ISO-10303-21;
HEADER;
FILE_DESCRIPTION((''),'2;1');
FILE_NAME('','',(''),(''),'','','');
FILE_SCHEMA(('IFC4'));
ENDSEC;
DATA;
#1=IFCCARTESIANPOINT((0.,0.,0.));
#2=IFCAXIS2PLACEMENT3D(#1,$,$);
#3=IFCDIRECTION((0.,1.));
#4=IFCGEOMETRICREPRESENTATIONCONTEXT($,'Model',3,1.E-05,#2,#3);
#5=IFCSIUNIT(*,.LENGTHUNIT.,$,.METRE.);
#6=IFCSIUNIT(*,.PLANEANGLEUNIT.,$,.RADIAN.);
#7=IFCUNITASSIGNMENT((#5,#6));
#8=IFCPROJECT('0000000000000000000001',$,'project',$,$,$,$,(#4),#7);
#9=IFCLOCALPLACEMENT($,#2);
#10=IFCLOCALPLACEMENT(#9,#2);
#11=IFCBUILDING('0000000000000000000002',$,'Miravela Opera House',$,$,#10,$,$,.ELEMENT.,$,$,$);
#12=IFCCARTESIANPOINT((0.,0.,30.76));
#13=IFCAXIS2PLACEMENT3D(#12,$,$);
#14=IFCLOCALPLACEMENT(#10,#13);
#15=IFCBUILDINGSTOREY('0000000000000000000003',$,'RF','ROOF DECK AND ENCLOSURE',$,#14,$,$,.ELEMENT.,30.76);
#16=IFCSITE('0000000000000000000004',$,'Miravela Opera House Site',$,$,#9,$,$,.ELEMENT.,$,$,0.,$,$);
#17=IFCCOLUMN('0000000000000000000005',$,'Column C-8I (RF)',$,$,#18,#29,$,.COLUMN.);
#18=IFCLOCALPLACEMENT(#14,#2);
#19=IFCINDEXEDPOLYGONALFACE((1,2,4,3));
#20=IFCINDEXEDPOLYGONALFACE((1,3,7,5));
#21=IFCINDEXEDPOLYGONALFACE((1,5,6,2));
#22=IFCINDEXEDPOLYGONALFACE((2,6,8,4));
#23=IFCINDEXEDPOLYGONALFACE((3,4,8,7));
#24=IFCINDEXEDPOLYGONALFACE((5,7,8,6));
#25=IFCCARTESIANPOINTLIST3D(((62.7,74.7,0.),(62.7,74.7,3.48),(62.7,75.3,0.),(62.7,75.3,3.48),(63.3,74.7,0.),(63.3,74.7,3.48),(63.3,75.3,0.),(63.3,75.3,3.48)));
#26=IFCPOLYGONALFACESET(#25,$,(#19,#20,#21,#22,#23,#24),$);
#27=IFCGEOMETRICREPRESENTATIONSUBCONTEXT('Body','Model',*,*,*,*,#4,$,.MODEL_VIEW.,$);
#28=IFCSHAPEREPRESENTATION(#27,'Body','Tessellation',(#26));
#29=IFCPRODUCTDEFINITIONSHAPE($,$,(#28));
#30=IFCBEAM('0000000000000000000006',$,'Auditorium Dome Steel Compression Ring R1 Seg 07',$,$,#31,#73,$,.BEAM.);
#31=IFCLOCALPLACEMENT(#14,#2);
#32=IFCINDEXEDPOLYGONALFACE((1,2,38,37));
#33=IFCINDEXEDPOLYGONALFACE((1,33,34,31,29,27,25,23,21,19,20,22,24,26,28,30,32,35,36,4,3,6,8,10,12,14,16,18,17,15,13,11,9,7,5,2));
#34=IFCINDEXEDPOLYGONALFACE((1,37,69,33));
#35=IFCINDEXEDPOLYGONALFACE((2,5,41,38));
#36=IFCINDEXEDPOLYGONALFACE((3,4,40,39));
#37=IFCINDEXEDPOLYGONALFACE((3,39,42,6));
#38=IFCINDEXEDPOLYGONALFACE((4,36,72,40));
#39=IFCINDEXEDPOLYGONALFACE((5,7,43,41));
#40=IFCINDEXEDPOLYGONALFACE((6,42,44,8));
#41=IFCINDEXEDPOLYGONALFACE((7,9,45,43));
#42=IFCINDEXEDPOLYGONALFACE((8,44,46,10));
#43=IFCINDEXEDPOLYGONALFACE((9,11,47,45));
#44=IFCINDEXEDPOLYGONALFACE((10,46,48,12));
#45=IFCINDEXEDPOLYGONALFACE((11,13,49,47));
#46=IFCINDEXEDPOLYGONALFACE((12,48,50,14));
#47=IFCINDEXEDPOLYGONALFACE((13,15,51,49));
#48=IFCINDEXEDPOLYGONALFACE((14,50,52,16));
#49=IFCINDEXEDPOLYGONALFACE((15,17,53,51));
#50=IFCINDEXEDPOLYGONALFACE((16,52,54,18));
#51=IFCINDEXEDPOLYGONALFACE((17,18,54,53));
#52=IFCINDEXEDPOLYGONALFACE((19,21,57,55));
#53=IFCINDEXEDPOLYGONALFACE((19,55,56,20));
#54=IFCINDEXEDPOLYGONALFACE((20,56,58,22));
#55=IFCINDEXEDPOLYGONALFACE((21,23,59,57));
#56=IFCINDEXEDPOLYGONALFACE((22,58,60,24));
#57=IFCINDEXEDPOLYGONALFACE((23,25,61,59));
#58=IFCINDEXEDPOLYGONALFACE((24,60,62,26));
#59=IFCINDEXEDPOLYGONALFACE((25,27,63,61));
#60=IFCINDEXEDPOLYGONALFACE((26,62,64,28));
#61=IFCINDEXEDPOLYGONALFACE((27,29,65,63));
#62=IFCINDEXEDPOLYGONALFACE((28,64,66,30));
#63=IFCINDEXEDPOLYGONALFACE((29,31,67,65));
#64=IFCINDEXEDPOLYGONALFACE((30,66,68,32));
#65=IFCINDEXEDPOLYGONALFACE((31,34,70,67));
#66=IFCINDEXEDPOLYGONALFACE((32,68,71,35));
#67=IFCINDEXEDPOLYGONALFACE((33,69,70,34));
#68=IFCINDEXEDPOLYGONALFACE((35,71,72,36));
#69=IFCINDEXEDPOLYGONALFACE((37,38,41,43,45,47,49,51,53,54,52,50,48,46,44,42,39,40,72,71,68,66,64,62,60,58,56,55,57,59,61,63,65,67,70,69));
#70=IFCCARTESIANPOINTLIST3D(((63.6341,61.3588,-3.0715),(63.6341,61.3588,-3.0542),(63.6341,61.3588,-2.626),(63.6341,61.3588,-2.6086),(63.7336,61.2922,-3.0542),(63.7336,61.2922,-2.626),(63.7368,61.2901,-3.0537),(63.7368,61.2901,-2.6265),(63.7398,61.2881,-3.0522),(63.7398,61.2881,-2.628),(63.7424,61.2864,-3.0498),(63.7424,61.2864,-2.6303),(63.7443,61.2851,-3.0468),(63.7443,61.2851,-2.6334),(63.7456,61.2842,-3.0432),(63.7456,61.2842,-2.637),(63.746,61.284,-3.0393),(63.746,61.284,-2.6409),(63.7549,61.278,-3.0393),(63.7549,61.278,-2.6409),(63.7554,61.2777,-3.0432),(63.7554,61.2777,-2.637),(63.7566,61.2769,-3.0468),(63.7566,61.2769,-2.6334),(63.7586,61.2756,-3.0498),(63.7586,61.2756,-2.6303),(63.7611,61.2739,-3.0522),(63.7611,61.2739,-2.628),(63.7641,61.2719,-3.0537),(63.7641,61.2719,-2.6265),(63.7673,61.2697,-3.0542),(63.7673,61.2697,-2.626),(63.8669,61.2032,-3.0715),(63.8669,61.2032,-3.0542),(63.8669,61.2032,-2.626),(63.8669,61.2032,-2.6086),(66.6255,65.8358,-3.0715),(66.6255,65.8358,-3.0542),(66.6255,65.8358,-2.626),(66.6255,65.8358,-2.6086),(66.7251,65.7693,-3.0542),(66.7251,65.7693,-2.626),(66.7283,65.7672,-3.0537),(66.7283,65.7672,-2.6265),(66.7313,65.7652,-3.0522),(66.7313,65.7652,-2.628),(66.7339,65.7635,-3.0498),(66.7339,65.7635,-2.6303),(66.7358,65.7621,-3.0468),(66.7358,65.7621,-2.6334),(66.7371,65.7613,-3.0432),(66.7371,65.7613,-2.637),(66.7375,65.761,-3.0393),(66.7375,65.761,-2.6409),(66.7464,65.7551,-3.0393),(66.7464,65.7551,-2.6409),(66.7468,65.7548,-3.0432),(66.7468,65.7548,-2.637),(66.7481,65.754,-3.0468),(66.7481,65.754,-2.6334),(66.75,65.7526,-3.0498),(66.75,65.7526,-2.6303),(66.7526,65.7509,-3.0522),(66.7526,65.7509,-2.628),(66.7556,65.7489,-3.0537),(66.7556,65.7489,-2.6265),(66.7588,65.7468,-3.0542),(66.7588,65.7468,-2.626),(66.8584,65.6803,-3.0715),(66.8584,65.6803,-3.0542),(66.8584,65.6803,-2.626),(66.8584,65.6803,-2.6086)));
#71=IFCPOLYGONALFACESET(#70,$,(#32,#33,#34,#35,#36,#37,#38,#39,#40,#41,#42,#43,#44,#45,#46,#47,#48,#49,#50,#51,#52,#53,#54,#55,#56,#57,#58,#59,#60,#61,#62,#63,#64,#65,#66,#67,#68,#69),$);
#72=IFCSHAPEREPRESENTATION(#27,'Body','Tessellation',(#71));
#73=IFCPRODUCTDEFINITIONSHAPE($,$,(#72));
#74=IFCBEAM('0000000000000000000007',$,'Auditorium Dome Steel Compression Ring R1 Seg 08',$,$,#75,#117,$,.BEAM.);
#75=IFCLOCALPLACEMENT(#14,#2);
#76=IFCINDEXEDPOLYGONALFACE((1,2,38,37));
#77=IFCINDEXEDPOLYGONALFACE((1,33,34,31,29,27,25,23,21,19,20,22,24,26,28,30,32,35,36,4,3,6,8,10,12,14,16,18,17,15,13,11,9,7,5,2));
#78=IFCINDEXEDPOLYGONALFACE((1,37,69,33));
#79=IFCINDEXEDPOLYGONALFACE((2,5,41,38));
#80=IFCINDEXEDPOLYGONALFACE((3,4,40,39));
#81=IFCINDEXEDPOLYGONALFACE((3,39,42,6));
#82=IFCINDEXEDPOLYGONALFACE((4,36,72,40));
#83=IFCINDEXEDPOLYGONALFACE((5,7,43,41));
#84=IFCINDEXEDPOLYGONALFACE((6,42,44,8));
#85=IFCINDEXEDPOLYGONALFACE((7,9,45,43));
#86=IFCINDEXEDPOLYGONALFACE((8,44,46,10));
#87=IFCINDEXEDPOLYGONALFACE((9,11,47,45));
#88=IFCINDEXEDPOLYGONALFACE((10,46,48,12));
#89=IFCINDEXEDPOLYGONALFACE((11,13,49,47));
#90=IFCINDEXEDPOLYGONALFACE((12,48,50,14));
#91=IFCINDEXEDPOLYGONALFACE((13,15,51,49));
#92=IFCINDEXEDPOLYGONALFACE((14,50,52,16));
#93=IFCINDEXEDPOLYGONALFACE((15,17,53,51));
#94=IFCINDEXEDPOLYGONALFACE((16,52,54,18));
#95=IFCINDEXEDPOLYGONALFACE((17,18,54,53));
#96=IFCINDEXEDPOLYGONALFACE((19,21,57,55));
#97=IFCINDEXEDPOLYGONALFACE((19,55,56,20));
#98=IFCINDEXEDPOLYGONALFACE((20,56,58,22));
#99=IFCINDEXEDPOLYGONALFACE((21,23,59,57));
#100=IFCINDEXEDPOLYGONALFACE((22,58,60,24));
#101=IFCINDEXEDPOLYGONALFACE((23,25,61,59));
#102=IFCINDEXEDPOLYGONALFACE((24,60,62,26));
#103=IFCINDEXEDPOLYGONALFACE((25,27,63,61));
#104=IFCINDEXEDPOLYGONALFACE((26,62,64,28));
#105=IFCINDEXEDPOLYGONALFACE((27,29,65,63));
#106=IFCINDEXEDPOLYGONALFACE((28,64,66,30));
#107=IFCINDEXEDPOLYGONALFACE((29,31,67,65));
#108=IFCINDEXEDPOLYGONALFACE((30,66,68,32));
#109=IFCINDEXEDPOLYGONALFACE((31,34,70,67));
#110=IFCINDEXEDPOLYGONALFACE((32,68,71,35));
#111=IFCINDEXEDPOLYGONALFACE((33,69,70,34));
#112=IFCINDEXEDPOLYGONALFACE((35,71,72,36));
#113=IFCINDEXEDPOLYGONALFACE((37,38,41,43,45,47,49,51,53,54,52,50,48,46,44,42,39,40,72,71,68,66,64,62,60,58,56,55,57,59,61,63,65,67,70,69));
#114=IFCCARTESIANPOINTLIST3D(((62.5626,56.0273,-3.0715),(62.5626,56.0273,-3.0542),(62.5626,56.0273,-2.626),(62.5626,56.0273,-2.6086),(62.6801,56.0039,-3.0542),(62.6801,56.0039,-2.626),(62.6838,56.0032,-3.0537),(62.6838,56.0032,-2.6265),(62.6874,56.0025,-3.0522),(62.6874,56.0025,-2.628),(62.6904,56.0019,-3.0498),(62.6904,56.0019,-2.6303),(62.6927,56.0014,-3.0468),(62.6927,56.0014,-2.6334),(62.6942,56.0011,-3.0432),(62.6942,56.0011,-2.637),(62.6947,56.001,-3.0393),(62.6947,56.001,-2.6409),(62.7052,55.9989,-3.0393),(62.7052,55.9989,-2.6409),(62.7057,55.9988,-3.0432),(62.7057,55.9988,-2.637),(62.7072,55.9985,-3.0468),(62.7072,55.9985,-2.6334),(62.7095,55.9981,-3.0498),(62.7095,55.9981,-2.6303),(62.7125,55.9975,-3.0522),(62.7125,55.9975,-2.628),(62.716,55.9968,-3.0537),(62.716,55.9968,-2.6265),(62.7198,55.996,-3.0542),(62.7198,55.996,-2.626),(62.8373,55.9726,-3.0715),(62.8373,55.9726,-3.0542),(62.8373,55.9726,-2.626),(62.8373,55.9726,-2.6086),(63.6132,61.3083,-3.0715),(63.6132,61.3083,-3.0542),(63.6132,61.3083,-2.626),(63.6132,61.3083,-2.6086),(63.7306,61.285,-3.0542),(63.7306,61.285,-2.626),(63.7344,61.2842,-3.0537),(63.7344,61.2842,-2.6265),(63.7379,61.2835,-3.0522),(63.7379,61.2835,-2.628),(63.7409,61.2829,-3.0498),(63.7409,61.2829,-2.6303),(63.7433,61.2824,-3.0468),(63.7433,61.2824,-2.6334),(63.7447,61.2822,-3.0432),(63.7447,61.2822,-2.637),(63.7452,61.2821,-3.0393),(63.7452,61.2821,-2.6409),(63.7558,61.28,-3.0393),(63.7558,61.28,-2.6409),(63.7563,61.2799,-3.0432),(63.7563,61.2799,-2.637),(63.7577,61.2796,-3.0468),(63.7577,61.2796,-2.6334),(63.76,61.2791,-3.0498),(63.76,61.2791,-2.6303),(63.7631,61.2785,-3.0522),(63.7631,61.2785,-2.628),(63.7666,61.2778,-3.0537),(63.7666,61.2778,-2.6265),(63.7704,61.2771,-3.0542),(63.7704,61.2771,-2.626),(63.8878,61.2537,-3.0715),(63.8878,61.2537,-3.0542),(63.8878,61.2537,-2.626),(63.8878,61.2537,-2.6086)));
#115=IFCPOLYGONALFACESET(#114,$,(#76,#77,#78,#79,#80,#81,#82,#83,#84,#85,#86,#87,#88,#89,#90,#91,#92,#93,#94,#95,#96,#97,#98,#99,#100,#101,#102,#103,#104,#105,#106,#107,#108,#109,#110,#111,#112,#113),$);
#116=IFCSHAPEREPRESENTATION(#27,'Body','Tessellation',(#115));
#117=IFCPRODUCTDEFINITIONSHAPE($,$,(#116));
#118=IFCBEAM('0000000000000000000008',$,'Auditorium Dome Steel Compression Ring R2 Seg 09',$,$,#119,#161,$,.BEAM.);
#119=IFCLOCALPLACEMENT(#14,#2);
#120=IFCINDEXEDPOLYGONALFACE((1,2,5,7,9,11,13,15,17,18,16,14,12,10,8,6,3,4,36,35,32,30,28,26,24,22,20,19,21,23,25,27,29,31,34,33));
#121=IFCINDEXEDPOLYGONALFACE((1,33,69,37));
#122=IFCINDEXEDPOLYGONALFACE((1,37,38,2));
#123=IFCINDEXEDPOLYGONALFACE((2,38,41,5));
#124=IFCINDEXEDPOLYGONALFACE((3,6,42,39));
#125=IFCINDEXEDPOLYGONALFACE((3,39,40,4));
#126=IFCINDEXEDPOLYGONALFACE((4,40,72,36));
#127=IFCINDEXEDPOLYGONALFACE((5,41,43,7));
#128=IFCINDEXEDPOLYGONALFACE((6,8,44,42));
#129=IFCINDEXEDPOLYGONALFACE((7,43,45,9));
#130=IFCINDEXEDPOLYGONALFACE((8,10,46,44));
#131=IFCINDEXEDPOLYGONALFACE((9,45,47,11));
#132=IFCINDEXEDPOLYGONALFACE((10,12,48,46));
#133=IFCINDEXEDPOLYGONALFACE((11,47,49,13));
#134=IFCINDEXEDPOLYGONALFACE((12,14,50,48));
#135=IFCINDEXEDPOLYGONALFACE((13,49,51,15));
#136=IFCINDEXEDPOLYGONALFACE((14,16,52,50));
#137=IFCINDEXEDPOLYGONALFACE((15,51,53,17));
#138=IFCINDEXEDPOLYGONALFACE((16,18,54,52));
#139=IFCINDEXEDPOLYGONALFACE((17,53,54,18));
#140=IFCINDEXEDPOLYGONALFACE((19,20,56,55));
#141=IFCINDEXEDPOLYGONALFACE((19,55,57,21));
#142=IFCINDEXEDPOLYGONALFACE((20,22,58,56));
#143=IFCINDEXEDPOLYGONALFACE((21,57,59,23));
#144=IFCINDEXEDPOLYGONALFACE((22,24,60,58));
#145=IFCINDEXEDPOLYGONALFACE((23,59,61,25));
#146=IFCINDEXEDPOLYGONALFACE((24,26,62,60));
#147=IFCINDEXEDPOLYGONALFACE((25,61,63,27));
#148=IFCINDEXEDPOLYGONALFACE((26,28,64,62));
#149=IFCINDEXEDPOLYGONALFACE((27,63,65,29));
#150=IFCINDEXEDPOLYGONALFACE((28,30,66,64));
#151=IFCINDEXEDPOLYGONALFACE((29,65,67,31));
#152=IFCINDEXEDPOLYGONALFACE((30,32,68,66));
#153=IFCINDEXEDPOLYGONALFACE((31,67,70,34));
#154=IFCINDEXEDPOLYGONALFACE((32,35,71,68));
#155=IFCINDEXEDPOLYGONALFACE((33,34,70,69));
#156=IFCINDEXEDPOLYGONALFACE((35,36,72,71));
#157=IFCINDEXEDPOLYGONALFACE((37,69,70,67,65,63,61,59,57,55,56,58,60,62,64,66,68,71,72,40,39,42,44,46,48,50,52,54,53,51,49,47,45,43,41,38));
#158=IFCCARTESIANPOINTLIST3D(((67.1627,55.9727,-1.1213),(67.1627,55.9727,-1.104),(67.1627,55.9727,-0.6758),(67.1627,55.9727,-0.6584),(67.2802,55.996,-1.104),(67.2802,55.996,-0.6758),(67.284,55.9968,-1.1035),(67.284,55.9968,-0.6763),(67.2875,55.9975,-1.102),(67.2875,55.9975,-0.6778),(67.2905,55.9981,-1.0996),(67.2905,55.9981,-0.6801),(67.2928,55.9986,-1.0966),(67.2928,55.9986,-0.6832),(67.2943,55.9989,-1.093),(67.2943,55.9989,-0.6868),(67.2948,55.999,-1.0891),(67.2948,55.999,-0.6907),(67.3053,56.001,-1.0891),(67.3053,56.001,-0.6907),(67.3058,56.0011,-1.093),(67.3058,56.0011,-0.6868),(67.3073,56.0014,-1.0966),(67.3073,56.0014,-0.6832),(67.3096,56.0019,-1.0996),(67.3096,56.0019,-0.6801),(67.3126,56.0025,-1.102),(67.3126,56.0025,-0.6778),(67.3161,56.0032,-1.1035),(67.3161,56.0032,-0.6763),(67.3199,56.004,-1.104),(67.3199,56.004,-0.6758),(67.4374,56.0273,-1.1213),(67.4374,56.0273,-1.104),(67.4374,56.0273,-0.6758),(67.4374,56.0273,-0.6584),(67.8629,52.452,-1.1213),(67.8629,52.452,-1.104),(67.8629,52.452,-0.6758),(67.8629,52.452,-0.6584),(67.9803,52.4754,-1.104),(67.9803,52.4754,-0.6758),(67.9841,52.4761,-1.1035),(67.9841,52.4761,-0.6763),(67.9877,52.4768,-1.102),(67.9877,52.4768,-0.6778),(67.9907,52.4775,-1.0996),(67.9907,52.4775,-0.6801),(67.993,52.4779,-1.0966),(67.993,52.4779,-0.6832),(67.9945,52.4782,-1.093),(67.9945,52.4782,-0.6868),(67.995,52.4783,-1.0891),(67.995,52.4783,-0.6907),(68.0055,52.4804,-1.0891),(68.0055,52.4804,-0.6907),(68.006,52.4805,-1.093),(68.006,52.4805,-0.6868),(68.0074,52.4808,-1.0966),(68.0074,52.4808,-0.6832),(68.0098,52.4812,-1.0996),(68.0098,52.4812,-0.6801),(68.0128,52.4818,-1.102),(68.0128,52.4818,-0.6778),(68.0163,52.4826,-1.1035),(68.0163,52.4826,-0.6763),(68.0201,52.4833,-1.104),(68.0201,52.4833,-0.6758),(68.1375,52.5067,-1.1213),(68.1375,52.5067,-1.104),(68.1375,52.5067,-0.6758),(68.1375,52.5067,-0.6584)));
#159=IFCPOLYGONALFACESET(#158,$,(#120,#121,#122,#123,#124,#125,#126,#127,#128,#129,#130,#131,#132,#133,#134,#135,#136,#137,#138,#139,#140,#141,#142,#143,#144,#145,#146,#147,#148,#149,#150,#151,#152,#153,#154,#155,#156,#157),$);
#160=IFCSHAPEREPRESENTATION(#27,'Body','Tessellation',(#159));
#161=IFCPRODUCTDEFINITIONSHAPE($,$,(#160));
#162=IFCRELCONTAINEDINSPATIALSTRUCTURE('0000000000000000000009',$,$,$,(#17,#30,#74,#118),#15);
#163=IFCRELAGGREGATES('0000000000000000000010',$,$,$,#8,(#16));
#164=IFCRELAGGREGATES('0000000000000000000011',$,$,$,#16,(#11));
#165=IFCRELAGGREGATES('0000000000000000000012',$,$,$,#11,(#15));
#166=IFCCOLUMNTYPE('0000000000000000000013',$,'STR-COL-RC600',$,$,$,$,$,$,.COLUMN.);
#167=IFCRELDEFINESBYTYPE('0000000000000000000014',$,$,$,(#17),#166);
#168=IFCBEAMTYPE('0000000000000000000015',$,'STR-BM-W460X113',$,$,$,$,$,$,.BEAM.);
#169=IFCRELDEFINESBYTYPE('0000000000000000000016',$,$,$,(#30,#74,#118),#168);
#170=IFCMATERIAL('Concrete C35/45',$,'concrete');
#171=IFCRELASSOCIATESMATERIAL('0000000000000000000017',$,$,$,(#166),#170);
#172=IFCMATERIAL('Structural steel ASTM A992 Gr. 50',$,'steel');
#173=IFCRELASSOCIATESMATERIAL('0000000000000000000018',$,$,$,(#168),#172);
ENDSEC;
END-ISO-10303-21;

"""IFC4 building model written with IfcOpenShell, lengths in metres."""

from ifc_helpers import new_model, si_unit, direction, frame, origin, origin_2d, place, context, subcontext, project, spatial, rectangle, i_section, extrude, material, material_profile, profile_set, type_object, element, save


model = new_model("IFC4")

# Units and contexts
model_context = context("Model", 3, precision=1e-05, world=origin(), true_north=direction((0.0, 1.0)))
body_context = subcontext(model_context, "Body", "Model", "MODEL_VIEW")
ifc_project = project(units=[si_unit("LENGTHUNIT", "METRE"), si_unit("PLANEANGLEUNIT", "RADIAN")], contexts=[model_context])

# Site, building, storey
site_placement = place(None, origin())
site = spatial("IfcSite", under=ifc_project, at=site_placement, Name="Miravela Opera House Site", CompositionType="ELEMENT", RefElevation=0.0)
building_placement = place(site_placement, origin())
building = spatial("IfcBuilding", under=site, at=building_placement, Name="Miravela Opera House", CompositionType="ELEMENT")
storey_placement = place(building_placement, frame((0.0, 0.0, 30.76)))
storey = spatial("IfcBuildingStorey", under=building, at=storey_placement, Name="RF", Description="ROOF DECK AND ENCLOSURE", CompositionType="ELEMENT", Elevation=30.76)

# Column
ifc_material_1 = material(Name="Concrete C35/45", Category="concrete")
ifc_material_profile_1 = material_profile(ifc_material_1, rectangle(XDim=0.6001, YDim=0.6001, at=origin_2d()), Name="RC-COL-600X600")
ifc_profile_set_1 = profile_set([ifc_material_profile_1])
column_type = type_object("IfcColumnType", Name="STR-COL-RC600", PredefinedType="COLUMN", material=ifc_profile_set_1)
column_placement = place(storey_placement, frame((63.0, 75.0, 0.0), z_axis=(0.0, 0.0, 1.0), x_axis=(1.0, 0.0, 0.0)))
element("IfcColumn", 1, at=column_placement, inside=storey, type_object=column_type, Name="Column C-8I (RF)", PredefinedType="COLUMN", context=body_context, shape_type="SweptSolid", body=[
    extrude(rectangle(XDim=0.6001, YDim=0.6001, at=origin_2d()), origin(), (0.0, 0.0, 1.0), 3.48),
])

# Beams
ifc_material_2 = material(Name="Structural steel ASTM A992 Gr. 50", Category="steel")
ifc_material_profile_2 = material_profile(ifc_material_2, i_section(OverallWidth=0.28, OverallDepth=0.4629, WebThickness=0.0107, FlangeThickness=0.0173, FilletRadius=0.0149, at=origin_2d()), Name="W460X113")
ifc_profile_set_2 = profile_set([ifc_material_profile_2])
beam_type = type_object("IfcBeamType", Name="STR-BM-W460X113", PredefinedType="BEAM", material=ifc_profile_set_2)
for number, where, z_axis, x_axis, name in (
    (2, (66.7419, 65.7581, -2.8401), (-0.555568, -0.831471, 0.0), (0.831471, -0.555568, 0.0), "Auditorium Dome Steel Compression Ring R1 Seg 07"),
    (3, (63.7505, 61.281, -2.8401), (-0.195105, -0.980782, 0.0), (0.980782, -0.195105, 0.0), "Auditorium Dome Steel Compression Ring R1 Seg 08"),
):
    element("IfcBeam", number, at=place(storey_placement, frame(where, z_axis=z_axis, x_axis=x_axis)), inside=storey, type_object=beam_type, Name=name, PredefinedType="BEAM", context=body_context, shape_type="SweptSolid", body=[
        extrude(i_section(OverallWidth=0.28, OverallDepth=0.4629, WebThickness=0.0107, FlangeThickness=0.0173, FilletRadius=0.0149, at=origin_2d()), origin(), (0.0, 0.0, 1.0), 5.3845),
    ])
beam_placement = place(storey_placement, frame((67.3, 56.0, -0.8899), z_axis=(0.195057, -0.980792, 0.0), x_axis=(0.980792, 0.195057, 0.0)))
element("IfcBeam", 4, at=beam_placement, inside=storey, type_object=beam_type, Name="Auditorium Dome Steel Compression Ring R2 Seg 09", PredefinedType="BEAM", context=body_context, shape_type="SweptSolid", body=[
    extrude(i_section(OverallWidth=0.28, OverallDepth=0.4629, WebThickness=0.0107, FlangeThickness=0.0173, FilletRadius=0.0149, at=origin_2d()), origin(), (0.0, 0.0, 1.0), 3.5896),
])

save(model, "model.ifc")
